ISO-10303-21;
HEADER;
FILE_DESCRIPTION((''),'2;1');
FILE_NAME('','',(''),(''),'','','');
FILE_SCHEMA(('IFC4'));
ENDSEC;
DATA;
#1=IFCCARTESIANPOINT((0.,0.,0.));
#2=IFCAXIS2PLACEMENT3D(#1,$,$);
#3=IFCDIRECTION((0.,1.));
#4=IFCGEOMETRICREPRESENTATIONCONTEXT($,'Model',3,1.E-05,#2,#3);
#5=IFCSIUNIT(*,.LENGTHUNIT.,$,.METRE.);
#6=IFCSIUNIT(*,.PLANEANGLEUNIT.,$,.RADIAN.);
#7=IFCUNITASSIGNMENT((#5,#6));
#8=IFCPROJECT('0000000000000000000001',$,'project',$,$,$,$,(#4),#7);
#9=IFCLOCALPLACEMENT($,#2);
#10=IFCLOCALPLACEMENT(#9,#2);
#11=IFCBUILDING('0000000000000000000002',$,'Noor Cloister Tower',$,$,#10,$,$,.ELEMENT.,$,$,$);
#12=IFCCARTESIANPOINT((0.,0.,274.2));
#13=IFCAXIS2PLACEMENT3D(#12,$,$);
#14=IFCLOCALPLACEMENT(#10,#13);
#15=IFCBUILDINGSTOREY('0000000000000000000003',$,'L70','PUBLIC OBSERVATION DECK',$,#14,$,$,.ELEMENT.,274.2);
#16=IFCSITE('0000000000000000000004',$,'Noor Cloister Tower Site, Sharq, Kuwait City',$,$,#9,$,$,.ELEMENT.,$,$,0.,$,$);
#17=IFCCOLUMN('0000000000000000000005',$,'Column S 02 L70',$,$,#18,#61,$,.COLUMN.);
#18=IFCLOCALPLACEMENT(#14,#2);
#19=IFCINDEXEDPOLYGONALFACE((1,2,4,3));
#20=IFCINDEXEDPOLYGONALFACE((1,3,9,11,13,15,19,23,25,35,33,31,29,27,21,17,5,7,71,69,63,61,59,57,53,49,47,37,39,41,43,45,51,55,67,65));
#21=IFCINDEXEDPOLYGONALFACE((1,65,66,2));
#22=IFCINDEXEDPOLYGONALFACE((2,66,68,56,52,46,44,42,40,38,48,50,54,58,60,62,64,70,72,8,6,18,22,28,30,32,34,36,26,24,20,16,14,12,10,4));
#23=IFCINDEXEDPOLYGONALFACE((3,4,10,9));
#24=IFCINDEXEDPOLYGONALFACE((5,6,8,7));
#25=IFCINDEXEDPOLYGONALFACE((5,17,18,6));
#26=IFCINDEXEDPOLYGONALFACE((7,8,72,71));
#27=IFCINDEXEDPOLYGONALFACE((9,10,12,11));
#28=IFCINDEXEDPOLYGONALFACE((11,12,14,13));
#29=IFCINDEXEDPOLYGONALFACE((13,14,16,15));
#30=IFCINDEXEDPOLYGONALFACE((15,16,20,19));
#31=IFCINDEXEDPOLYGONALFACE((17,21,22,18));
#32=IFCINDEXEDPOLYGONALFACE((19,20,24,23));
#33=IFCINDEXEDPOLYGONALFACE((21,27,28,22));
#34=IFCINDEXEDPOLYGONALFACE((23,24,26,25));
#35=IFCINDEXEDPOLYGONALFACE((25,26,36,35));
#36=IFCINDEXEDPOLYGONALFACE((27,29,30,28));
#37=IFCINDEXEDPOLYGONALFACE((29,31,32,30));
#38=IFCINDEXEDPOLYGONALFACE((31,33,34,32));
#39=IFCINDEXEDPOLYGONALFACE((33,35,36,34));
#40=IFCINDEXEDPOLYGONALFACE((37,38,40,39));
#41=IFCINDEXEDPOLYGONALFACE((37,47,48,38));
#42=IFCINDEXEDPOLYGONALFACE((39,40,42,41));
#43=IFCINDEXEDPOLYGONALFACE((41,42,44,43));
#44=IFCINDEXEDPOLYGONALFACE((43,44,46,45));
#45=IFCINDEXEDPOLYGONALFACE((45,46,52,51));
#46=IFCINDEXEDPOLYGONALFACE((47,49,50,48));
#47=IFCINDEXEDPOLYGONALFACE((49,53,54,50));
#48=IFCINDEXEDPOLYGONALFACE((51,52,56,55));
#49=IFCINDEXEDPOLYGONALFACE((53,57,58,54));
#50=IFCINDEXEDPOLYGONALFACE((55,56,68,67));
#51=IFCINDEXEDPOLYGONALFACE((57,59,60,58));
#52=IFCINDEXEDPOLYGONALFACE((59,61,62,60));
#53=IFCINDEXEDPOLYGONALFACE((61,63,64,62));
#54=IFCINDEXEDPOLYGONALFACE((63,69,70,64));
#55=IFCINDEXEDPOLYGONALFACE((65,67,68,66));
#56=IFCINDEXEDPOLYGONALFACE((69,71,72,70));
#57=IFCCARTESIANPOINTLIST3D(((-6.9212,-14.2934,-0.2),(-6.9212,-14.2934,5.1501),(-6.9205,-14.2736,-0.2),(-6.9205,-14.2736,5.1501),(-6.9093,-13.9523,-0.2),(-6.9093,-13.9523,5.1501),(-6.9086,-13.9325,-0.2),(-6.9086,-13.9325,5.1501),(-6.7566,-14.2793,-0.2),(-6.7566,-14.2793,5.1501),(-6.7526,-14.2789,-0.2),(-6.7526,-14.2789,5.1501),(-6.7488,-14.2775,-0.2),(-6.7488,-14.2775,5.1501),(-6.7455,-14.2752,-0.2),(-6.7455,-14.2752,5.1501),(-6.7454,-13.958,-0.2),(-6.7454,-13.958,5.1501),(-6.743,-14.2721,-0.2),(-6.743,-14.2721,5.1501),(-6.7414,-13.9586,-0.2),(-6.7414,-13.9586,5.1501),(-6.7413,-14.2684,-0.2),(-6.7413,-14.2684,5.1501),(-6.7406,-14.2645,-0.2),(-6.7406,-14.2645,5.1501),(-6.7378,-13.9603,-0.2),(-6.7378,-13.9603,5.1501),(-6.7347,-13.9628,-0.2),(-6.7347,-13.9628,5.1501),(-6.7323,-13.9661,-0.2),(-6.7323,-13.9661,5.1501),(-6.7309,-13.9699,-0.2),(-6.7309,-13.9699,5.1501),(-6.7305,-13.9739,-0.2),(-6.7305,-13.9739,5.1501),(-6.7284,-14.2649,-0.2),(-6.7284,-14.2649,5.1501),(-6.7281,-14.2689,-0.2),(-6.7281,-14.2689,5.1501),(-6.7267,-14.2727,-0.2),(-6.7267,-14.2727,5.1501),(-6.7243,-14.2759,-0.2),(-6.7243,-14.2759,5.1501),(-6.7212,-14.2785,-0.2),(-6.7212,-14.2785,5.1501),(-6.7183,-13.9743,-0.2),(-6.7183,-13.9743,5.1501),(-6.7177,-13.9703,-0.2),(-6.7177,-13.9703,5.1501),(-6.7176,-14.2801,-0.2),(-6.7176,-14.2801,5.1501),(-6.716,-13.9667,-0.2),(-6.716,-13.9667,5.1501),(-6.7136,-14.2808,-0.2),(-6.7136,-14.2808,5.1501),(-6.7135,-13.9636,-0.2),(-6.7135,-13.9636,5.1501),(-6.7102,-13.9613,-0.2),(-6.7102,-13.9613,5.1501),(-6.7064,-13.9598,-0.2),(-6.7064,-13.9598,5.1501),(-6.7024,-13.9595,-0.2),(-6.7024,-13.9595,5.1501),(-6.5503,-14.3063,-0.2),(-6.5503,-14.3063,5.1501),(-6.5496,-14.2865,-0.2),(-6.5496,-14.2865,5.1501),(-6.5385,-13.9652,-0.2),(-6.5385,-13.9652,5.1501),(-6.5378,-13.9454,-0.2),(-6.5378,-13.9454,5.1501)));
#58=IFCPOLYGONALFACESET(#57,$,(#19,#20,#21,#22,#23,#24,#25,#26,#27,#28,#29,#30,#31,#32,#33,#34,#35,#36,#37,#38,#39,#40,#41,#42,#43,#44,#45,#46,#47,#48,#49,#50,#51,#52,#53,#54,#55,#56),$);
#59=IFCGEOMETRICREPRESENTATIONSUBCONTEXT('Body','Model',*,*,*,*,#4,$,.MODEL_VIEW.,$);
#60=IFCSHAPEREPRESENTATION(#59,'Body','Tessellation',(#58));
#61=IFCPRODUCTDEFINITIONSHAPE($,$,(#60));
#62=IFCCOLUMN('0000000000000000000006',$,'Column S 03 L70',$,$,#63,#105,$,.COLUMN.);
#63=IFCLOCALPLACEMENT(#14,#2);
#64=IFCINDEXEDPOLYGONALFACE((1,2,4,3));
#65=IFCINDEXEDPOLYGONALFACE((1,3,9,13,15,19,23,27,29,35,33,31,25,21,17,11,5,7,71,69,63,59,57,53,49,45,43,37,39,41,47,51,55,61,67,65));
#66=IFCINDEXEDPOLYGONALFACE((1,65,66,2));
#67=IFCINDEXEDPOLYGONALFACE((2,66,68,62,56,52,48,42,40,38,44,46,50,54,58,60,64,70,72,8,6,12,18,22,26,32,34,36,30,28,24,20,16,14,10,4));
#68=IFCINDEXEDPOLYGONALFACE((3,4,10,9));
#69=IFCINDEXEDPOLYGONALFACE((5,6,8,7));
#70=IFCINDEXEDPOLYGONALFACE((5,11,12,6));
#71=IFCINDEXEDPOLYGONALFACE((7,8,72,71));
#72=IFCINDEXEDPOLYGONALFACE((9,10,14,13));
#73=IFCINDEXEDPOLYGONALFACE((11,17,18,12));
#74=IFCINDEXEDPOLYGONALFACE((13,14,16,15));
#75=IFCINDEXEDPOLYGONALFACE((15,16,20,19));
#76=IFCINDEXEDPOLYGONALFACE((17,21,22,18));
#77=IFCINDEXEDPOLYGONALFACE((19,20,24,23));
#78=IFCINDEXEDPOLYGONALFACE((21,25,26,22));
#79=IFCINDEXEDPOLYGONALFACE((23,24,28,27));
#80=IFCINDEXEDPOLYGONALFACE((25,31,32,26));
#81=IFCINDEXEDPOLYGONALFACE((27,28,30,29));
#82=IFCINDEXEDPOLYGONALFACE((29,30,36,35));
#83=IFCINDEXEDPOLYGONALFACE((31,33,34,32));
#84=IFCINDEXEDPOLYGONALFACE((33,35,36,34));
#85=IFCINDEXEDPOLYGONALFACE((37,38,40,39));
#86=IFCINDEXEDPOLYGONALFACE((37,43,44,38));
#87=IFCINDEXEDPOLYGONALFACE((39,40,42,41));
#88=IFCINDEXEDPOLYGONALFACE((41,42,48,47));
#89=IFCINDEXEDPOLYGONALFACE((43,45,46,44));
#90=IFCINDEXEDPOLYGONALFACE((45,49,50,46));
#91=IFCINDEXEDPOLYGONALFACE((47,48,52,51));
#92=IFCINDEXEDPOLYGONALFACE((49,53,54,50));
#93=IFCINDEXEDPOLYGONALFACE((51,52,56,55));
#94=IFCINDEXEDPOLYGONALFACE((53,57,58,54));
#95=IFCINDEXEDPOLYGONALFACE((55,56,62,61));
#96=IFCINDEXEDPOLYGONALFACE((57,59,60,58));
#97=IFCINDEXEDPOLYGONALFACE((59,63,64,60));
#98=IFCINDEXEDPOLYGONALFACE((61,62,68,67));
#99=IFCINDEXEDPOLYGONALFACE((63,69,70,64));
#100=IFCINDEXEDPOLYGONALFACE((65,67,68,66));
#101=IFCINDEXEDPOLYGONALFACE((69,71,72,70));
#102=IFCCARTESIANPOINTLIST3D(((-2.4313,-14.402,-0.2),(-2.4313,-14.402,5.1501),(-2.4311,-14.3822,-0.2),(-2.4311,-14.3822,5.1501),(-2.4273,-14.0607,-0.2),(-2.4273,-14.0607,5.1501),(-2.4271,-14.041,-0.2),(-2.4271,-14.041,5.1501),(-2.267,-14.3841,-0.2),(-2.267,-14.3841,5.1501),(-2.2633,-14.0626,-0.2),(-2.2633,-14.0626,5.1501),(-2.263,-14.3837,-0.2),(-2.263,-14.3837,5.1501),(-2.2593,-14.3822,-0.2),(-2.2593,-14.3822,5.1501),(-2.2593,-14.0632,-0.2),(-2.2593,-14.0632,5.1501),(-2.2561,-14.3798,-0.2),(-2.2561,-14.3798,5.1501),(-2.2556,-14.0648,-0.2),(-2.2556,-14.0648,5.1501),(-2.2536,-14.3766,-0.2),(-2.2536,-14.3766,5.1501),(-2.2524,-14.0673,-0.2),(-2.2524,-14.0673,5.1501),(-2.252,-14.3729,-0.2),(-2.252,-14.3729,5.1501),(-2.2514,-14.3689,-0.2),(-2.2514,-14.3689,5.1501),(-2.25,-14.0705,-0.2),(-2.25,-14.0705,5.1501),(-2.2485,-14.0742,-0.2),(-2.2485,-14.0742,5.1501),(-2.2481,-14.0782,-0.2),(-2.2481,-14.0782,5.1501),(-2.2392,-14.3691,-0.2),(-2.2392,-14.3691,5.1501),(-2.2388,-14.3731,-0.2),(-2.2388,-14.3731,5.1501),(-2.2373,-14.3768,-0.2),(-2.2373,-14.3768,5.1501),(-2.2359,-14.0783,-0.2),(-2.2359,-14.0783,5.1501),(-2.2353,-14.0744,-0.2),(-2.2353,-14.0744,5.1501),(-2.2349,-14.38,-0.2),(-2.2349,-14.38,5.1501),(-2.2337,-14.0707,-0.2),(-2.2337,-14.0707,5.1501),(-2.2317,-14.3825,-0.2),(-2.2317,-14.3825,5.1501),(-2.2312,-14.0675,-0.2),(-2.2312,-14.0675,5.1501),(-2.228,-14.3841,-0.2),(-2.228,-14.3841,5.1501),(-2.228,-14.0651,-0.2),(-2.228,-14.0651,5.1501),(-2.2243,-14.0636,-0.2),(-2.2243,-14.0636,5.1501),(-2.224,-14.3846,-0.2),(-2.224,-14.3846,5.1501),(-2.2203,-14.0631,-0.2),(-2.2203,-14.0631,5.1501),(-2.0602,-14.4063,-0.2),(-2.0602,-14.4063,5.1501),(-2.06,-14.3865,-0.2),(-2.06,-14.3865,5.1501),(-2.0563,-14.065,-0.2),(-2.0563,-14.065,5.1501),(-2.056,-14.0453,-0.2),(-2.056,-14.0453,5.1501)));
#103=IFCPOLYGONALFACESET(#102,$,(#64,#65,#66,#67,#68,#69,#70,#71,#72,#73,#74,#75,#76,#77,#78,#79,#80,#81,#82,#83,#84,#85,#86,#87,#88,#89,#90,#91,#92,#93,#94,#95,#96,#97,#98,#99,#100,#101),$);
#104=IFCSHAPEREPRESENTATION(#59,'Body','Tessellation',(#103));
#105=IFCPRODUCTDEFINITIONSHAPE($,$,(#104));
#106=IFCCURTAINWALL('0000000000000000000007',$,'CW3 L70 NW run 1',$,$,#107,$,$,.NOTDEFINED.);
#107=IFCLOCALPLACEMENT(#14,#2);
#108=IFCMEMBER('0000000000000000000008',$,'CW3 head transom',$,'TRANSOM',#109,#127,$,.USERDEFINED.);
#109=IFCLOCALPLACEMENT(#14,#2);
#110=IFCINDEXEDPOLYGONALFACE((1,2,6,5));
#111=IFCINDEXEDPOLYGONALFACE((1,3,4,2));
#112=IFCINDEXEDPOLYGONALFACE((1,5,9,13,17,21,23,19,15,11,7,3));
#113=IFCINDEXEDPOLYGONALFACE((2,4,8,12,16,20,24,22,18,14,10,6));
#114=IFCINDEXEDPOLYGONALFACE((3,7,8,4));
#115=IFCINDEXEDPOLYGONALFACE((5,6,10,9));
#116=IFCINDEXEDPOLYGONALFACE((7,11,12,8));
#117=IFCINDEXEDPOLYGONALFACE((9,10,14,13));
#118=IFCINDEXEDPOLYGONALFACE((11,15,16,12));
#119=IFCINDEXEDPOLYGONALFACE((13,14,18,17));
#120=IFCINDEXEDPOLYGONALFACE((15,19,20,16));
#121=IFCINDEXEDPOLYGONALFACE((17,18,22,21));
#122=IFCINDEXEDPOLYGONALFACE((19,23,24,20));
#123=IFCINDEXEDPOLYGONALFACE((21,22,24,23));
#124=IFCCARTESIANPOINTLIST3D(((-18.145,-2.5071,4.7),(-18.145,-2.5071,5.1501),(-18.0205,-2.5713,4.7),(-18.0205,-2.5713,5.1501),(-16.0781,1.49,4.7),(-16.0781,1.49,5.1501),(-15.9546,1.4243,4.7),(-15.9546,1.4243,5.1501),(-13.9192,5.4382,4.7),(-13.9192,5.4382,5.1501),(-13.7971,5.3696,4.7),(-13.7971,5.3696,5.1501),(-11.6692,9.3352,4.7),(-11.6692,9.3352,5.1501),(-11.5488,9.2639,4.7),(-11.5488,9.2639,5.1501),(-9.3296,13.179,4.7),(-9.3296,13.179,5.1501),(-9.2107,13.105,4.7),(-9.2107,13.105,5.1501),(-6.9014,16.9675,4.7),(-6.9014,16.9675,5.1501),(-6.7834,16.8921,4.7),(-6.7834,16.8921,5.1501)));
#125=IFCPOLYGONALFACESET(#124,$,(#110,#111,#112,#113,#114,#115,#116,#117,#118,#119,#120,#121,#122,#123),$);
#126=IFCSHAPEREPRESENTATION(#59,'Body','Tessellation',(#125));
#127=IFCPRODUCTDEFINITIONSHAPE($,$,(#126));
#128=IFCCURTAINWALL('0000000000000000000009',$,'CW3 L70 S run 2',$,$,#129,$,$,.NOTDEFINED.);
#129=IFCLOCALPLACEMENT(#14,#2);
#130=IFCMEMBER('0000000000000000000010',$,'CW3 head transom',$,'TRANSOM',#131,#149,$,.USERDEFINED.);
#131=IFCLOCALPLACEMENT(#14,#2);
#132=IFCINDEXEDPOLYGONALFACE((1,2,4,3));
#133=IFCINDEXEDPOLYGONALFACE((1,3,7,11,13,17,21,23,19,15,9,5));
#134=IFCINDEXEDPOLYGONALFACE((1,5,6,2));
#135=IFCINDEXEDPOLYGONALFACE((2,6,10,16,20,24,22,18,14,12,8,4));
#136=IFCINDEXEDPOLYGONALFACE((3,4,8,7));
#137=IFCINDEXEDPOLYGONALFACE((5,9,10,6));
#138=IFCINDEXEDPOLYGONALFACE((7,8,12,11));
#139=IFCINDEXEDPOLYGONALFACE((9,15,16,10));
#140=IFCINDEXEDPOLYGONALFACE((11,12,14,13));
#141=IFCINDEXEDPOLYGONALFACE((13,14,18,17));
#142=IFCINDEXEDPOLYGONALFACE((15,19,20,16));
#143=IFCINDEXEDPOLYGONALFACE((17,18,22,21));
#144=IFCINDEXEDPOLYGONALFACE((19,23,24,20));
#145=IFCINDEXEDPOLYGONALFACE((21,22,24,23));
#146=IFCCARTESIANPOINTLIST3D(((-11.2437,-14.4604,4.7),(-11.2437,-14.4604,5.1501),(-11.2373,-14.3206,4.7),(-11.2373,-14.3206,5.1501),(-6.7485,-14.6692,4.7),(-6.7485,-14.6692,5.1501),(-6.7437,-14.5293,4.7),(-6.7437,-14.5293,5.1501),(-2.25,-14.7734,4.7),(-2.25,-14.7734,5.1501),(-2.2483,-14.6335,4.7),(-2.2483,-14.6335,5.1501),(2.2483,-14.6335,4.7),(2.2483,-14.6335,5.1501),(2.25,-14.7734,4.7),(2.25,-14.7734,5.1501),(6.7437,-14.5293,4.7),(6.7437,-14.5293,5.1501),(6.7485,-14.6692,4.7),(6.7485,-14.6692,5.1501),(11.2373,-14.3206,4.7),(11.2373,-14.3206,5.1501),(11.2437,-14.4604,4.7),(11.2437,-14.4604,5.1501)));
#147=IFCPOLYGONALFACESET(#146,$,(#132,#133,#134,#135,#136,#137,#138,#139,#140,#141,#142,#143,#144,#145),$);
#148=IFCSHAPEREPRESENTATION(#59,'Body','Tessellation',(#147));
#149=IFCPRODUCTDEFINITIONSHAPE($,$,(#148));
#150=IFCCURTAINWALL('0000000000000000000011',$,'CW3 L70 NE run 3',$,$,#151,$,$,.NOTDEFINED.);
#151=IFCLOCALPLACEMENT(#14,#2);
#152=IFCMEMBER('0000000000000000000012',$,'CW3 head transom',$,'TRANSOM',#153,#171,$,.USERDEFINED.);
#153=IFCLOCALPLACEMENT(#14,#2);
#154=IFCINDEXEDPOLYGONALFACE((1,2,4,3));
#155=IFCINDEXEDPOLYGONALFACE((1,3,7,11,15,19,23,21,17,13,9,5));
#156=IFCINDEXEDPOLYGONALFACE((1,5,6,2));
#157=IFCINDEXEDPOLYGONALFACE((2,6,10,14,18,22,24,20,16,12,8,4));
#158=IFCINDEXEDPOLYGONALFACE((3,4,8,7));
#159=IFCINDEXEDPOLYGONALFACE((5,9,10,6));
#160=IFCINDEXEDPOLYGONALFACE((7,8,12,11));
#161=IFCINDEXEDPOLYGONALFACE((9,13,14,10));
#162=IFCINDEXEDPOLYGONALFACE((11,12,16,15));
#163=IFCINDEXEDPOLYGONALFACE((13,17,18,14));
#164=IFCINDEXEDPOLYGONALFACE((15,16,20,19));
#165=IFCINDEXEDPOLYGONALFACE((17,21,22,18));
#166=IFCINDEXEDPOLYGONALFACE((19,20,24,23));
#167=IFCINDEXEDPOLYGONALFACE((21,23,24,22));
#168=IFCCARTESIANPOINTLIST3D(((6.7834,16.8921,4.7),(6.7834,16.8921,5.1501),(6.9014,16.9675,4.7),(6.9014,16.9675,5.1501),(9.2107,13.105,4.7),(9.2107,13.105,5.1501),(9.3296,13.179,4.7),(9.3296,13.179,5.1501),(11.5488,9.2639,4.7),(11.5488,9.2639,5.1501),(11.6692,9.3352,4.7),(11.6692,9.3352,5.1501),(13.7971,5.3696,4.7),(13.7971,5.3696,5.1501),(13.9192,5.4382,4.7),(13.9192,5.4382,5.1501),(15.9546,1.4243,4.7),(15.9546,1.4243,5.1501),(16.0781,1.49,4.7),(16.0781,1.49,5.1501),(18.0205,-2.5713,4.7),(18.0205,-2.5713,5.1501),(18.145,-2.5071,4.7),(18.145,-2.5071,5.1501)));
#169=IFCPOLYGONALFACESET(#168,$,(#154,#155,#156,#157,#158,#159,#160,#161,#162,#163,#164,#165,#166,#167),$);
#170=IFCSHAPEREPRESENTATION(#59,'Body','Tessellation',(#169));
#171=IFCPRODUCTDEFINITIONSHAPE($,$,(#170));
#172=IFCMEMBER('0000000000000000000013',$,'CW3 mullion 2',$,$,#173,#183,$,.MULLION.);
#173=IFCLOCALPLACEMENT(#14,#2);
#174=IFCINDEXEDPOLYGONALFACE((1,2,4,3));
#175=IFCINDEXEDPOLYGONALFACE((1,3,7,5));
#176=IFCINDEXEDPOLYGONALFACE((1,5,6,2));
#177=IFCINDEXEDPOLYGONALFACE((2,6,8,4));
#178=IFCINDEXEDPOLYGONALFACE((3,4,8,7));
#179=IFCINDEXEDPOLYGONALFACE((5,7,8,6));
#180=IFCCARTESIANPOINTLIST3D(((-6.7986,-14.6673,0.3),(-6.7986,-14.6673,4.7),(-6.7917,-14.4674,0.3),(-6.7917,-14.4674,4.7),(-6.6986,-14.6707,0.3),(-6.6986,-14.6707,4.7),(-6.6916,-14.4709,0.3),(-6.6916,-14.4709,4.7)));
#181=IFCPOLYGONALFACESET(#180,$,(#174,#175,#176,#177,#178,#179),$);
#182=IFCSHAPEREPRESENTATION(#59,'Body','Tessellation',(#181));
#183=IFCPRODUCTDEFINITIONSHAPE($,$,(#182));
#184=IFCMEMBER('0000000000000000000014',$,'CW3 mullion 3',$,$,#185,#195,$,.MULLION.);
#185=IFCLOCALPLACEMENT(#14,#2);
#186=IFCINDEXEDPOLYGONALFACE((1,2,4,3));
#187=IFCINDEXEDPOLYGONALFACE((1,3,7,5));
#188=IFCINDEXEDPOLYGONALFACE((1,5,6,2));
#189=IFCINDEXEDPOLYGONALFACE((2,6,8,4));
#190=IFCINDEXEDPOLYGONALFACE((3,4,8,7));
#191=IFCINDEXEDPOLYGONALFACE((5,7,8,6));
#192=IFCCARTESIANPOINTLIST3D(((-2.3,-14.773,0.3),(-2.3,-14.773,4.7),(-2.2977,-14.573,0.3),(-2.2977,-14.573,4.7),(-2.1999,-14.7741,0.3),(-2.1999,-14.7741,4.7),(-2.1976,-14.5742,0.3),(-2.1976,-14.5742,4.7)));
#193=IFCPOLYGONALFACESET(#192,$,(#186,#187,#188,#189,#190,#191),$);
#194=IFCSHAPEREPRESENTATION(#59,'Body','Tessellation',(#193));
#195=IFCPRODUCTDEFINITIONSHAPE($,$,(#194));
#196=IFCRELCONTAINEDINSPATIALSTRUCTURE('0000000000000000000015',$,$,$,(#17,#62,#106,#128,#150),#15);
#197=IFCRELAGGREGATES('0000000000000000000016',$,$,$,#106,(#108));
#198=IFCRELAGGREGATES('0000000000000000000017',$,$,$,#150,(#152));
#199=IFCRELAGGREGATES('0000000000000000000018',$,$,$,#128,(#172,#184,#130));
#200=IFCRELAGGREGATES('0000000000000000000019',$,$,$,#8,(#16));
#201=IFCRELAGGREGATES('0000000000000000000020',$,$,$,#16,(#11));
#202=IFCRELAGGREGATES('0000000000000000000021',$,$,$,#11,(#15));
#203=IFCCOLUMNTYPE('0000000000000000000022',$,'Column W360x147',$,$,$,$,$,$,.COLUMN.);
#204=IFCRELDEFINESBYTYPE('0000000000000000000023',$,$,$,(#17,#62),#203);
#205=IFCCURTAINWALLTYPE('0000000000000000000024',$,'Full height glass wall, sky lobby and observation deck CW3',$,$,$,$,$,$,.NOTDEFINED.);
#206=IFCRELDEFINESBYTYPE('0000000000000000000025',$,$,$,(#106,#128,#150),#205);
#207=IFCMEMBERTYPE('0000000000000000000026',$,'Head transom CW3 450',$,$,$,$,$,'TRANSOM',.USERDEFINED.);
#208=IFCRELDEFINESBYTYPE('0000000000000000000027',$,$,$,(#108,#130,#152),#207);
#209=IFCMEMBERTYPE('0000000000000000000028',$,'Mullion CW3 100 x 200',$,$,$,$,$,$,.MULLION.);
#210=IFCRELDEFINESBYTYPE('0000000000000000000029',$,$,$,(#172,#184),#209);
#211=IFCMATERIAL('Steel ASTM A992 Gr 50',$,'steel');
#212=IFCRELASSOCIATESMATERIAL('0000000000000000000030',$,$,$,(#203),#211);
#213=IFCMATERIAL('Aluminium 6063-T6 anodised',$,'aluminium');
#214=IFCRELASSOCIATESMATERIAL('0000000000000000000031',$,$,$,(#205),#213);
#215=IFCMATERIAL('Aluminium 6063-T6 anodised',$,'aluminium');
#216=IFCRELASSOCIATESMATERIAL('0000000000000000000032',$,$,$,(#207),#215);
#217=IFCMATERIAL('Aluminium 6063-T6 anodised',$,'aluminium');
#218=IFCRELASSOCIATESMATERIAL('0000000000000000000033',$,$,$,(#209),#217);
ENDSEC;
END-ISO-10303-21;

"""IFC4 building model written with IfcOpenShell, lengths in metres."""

from ifc_helpers import new_model, si_unit, direction, frame, origin, origin_2d, place, context, subcontext, project, spatial, polyline, rectangle, i_section, outline, extrude, material, material_profile, profile_set, type_object, element, aggregate, save


model = new_model("IFC4")

# Units and contexts
model_context = context("Model", 3, precision=1e-05, world=origin(), true_north=direction((0.0, 1.0)))
body_context = subcontext(model_context, "Body", "Model", "MODEL_VIEW")
ifc_project = project(units=[si_unit("LENGTHUNIT", "METRE"), si_unit("PLANEANGLEUNIT", "RADIAN")], contexts=[model_context])

# Site, building, storey
site_placement = place(None, origin())
site = spatial("IfcSite", under=ifc_project, at=site_placement, Name="Noor Cloister Tower Site, Sharq, Kuwait City", CompositionType="ELEMENT", RefElevation=0.0)
building_placement = place(site_placement, origin())
building = spatial("IfcBuilding", under=site, at=building_placement, Name="Noor Cloister Tower", CompositionType="ELEMENT")
storey_placement = place(building_placement, frame((0.0, 0.0, 274.2)))
storey = spatial("IfcBuildingStorey", under=building, at=storey_placement, Name="L70", Description="PUBLIC OBSERVATION DECK", CompositionType="ELEMENT", Elevation=274.2)

# Columns
ifc_material_1 = material(Name="Steel ASTM A992 Gr 50", Category="steel")
ifc_material_profile_1 = material_profile(ifc_material_1, i_section(OverallWidth=0.3711, OverallDepth=0.3611, WebThickness=0.0122, FlangeThickness=0.0198, FilletRadius=0.0154, at=origin_2d()), Name="W360x147")
ifc_profile_set_1 = profile_set([ifc_material_profile_1], Name="Steel ASTM A992 Gr 50")
column_type = type_object("IfcColumnType", Name="Column W360x147", PredefinedType="COLUMN", material=ifc_profile_set_1)
for number, where, z_axis, x_axis, name in (
    (1, (-6.7295, -14.1194, -0.2), (0.0, 0.0, 1.0), (0.999395, -0.034782, 0.0), "Column S 02 L70"),
    (2, (-2.2437, -14.2236, -0.2), (0.0, 0.0, 1.0), (0.999933, -0.011596, 0.0), "Column S 03 L70"),
):
    element("IfcColumn", number, at=place(storey_placement, frame(where, z_axis=z_axis, x_axis=x_axis)), inside=storey, type_object=column_type, Name=name, PredefinedType="COLUMN", context=body_context, shape_type="SweptSolid", body=[
        extrude(i_section(OverallWidth=0.3711, OverallDepth=0.3611, WebThickness=0.0122, FlangeThickness=0.0198, FilletRadius=0.0154, at=origin_2d()), origin(), (0.0, 0.0, 1.0), 5.3501),
    ])

# Curtain walls, members
ifc_material_2 = material(Name="Aluminium 6063-T6 anodised", Category="aluminium")
curtain_wall_type = type_object("IfcCurtainWallType", Name="Full height glass wall, sky lobby and observation deck CW3", PredefinedType="NOTDEFINED", material=ifc_material_2)
curtain_wall_1_placement = place(storey_placement, origin())
curtain_wall_1 = element("IfcCurtainWall", 3, at=curtain_wall_1_placement, inside=storey, type_object=curtain_wall_type, Name="CW3 L70 NW run 1", PredefinedType="NOTDEFINED")
ifc_material_3 = material(Name="Aluminium 6063-T6 anodised", Category="aluminium")
member_type_1 = type_object("IfcMemberType", Name="Head transom CW3 450", ElementType="TRANSOM", PredefinedType="USERDEFINED", material=ifc_material_3)
member_1_placement = place(storey_placement, frame((0.0, 0.0, 4.7)))
member_1 = element("IfcMember", 4, at=member_1_placement, type_object=member_type_1, Name="CW3 head transom", ObjectType="TRANSOM", PredefinedType="USERDEFINED", context=body_context, shape_type="SweptSolid", body=[
    extrude(outline(polyline([(-6.9014, 16.9675), (-9.3296, 13.179), (-11.6692, 9.3352), (-13.9192, 5.4382), (-16.0781, 1.49), (-18.145, -2.5071), (-18.0205, -2.5713), (-15.9546, 1.4243), (-13.7971, 5.3696), (-11.5488, 9.2639), (-9.2107, 13.105), (-6.7834, 16.8921), (-6.9014, 16.9675)])), origin(), (0.0, 0.0, 1.0), 0.4502),
])
curtain_wall_2_placement = place(storey_placement, origin())
curtain_wall_2 = element("IfcCurtainWall", 5, at=curtain_wall_2_placement, inside=storey, type_object=curtain_wall_type, Name="CW3 L70 S run 2", PredefinedType="NOTDEFINED")
member_2_placement = place(storey_placement, frame((0.0, 0.0, 4.7)))
member_2 = element("IfcMember", 6, at=member_2_placement, type_object=member_type_1, Name="CW3 head transom", ObjectType="TRANSOM", PredefinedType="USERDEFINED", context=body_context, shape_type="SweptSolid", body=[
    extrude(outline(polyline([(-11.2437, -14.4604), (-6.7485, -14.6692), (-2.25, -14.7734), (2.25, -14.7734), (6.7485, -14.6692), (11.2437, -14.4604), (11.2373, -14.3206), (6.7437, -14.5293), (2.2483, -14.6335), (-2.2483, -14.6335), (-6.7437, -14.5293), (-11.2373, -14.3206), (-11.2437, -14.4604)])), origin(), (0.0, 0.0, 1.0), 0.4502),
])
curtain_wall_3_placement = place(storey_placement, origin())
curtain_wall_3 = element("IfcCurtainWall", 7, at=curtain_wall_3_placement, inside=storey, type_object=curtain_wall_type, Name="CW3 L70 NE run 3", PredefinedType="NOTDEFINED")
member_3_placement = place(storey_placement, frame((0.0, 0.0, 4.7)))
member_3 = element("IfcMember", 8, at=member_3_placement, type_object=member_type_1, Name="CW3 head transom", ObjectType="TRANSOM", PredefinedType="USERDEFINED", context=body_context, shape_type="SweptSolid", body=[
    extrude(outline(polyline([(18.145, -2.5071), (16.0781, 1.49), (13.9192, 5.4382), (11.6692, 9.3352), (9.3296, 13.179), (6.9014, 16.9675), (6.7834, 16.8921), (9.2107, 13.105), (11.5488, 9.2639), (13.7971, 5.3696), (15.9546, 1.4243), (18.0205, -2.5713), (18.145, -2.5071)])), origin(), (0.0, 0.0, 1.0), 0.4502),
])

# Members
ifc_material_4 = material(Name="Aluminium 6063-T6 anodised", Category="aluminium")
ifc_material_profile_2 = material_profile(ifc_material_4, rectangle(XDim=0.2, YDim=0.1001, at=origin_2d()), Name="200 x 100 mullion")
ifc_profile_set_2 = profile_set([ifc_material_profile_2], Name="Aluminium 6063-T6 anodised")
member_type_2 = type_object("IfcMemberType", Name="Mullion CW3 100 x 200", PredefinedType="MULLION", material=ifc_profile_set_2)
member_4_placement = place(storey_placement, frame((-6.7451, -14.5691, 0.3), z_axis=(0.0, 0.0, 1.0), x_axis=(0.034782, 0.999395, 0.0)))
member_4 = element("IfcMember", 9, at=member_4_placement, type_object=member_type_2, Name="CW3 mullion 2", PredefinedType="MULLION", context=body_context, shape_type="SweptSolid", body=[
    extrude(rectangle(XDim=0.2, YDim=0.1001, at=origin_2d()), origin(), (0.0, 0.0, 1.0), 4.3999),
])
member_5_placement = place(storey_placement, frame((-2.2488, -14.6736, 0.3), z_axis=(0.0, 0.0, 1.0), x_axis=(0.011596, 0.999933, 0.0)))
member_5 = element("IfcMember", 10, at=member_5_placement, type_object=member_type_2, Name="CW3 mullion 3", PredefinedType="MULLION", context=body_context, shape_type="SweptSolid", body=[
    extrude(rectangle(XDim=0.2, YDim=0.1001, at=origin_2d()), origin(), (0.0, 0.0, 1.0), 4.3999),
])

aggregate(curtain_wall_1, [member_1])
aggregate(curtain_wall_3, [member_3])

aggregate(curtain_wall_2, [member_4, member_5, member_2])

save(model, "model.ifc")
